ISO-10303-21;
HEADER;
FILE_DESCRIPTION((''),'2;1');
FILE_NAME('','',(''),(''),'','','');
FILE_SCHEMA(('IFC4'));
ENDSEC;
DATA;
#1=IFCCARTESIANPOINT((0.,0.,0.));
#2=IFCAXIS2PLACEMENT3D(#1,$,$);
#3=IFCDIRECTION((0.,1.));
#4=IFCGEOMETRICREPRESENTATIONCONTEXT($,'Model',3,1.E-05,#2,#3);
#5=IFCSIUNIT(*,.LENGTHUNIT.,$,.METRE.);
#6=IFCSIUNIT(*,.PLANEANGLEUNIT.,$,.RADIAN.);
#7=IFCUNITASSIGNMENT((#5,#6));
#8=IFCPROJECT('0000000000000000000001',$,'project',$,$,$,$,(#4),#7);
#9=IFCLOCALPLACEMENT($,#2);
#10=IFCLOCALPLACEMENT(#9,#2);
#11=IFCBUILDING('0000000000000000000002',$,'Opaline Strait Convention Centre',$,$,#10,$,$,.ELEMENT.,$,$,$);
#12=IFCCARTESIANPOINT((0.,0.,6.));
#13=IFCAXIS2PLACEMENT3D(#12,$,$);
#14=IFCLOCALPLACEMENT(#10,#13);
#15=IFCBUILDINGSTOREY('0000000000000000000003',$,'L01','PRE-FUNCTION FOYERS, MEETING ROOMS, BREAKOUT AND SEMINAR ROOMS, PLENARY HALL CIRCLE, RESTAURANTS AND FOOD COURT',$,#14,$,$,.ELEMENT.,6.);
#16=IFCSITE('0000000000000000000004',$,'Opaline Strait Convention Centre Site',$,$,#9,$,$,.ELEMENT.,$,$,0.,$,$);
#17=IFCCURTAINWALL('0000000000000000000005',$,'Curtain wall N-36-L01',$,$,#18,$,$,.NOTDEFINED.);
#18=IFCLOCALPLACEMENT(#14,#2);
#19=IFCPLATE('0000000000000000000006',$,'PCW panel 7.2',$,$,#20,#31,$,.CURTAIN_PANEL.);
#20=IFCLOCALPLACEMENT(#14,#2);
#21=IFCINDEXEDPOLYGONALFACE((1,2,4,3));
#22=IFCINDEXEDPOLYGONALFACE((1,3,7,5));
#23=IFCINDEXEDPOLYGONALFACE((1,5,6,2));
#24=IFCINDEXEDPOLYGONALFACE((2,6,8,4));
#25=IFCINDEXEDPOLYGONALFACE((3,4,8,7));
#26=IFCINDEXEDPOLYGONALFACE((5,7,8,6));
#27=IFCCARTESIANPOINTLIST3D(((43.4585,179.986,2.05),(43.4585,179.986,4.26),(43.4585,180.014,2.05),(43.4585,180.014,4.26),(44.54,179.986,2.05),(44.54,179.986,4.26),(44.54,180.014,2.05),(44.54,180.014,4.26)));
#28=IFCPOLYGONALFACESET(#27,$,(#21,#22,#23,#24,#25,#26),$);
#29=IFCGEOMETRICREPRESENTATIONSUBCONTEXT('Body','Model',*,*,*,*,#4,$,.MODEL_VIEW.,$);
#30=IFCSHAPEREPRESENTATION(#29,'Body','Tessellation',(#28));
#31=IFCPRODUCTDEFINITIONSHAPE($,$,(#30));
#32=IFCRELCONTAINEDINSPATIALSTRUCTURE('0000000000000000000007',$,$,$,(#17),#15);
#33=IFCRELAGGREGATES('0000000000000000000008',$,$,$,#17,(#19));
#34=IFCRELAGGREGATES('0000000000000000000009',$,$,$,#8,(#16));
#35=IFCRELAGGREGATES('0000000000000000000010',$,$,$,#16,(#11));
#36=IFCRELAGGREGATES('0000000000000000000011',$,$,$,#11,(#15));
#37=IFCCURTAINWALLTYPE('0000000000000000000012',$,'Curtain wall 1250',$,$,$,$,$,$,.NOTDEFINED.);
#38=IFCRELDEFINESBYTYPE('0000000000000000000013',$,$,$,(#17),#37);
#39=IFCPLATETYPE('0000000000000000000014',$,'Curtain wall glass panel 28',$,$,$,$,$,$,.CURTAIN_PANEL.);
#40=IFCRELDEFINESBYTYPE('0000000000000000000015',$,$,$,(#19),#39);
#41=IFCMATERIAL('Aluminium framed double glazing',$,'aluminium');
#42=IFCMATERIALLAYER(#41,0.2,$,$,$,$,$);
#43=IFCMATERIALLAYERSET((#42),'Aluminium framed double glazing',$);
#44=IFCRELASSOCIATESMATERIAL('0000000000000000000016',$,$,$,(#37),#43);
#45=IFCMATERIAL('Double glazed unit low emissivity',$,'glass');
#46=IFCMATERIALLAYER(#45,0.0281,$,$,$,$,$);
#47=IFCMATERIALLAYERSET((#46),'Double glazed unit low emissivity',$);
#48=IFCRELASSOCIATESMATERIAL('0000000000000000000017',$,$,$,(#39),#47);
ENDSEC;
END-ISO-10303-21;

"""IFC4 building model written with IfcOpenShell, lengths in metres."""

from ifc_helpers import new_model, si_unit, direction, frame, origin, origin_2d, place, context, subcontext, project, spatial, rectangle, extrude, material, layer, layer_set, type_object, element, aggregate, save


model = new_model("IFC4")

# Units and contexts
model_context = context("Model", 3, precision=1e-05, world=origin(), true_north=direction((0.0, 1.0)))
body_context = subcontext(model_context, "Body", "Model", "MODEL_VIEW")
ifc_project = project(units=[si_unit("LENGTHUNIT", "METRE"), si_unit("PLANEANGLEUNIT", "RADIAN")], contexts=[model_context])

# Site, building, storey
site_placement = place(None, origin())
site = spatial("IfcSite", under=ifc_project, at=site_placement, Name="Opaline Strait Convention Centre Site", CompositionType="ELEMENT", RefElevation=0.0)
building_placement = place(site_placement, origin())
building = spatial("IfcBuilding", under=site, at=building_placement, Name="Opaline Strait Convention Centre", CompositionType="ELEMENT")
storey_placement = place(building_placement, frame((0.0, 0.0, 6.0)))
storey = spatial("IfcBuildingStorey", under=building, at=storey_placement, Name="L01", Description="PRE-FUNCTION FOYERS, MEETING ROOMS, BREAKOUT AND SEMINAR ROOMS, PLENARY HALL CIRCLE, RESTAURANTS AND FOOD COURT", CompositionType="ELEMENT", Elevation=6.0)

# Curtain wall, plate
ifc_material_1 = material(Name="Aluminium framed double glazing", Category="aluminium")
ifc_layer_1 = layer(ifc_material_1, 0.2)
ifc_layer_set_1 = layer_set([ifc_layer_1], Name="Aluminium framed double glazing")
curtain_wall_type = type_object("IfcCurtainWallType", Name="Curtain wall 1250", PredefinedType="NOTDEFINED", material=ifc_layer_set_1)
curtain_wall_placement = place(storey_placement, origin())
curtain_wall = element("IfcCurtainWall", 1, at=curtain_wall_placement, inside=storey, type_object=curtain_wall_type, Name="Curtain wall N-36-L01", PredefinedType="NOTDEFINED")
ifc_material_2 = material(Name="Double glazed unit low emissivity", Category="glass")
ifc_layer_2 = layer(ifc_material_2, 0.0281)
ifc_layer_set_2 = layer_set([ifc_layer_2], Name="Double glazed unit low emissivity")
plate_type = type_object("IfcPlateType", Name="Curtain wall glass panel 28", PredefinedType="CURTAIN_PANEL", material=ifc_layer_set_2)
plate_1_placement = place(storey_placement, frame((43.9993, 180.0, 2.05), z_axis=(0.0, 0.0, 1.0), x_axis=(1.0, 0.0, 0.0)))
plate_1 = element("IfcPlate", 2, at=plate_1_placement, type_object=plate_type, Name="PCW panel 7.2", PredefinedType="CURTAIN_PANEL", context=body_context, shape_type="SweptSolid", body=[
    extrude(rectangle(XDim=1.0815, YDim=0.0281, at=origin_2d()), origin(), (0.0, 0.0, 1.0), 2.21),
])
aggregate(curtain_wall, [plate_1])

save(model, "model.ifc")
